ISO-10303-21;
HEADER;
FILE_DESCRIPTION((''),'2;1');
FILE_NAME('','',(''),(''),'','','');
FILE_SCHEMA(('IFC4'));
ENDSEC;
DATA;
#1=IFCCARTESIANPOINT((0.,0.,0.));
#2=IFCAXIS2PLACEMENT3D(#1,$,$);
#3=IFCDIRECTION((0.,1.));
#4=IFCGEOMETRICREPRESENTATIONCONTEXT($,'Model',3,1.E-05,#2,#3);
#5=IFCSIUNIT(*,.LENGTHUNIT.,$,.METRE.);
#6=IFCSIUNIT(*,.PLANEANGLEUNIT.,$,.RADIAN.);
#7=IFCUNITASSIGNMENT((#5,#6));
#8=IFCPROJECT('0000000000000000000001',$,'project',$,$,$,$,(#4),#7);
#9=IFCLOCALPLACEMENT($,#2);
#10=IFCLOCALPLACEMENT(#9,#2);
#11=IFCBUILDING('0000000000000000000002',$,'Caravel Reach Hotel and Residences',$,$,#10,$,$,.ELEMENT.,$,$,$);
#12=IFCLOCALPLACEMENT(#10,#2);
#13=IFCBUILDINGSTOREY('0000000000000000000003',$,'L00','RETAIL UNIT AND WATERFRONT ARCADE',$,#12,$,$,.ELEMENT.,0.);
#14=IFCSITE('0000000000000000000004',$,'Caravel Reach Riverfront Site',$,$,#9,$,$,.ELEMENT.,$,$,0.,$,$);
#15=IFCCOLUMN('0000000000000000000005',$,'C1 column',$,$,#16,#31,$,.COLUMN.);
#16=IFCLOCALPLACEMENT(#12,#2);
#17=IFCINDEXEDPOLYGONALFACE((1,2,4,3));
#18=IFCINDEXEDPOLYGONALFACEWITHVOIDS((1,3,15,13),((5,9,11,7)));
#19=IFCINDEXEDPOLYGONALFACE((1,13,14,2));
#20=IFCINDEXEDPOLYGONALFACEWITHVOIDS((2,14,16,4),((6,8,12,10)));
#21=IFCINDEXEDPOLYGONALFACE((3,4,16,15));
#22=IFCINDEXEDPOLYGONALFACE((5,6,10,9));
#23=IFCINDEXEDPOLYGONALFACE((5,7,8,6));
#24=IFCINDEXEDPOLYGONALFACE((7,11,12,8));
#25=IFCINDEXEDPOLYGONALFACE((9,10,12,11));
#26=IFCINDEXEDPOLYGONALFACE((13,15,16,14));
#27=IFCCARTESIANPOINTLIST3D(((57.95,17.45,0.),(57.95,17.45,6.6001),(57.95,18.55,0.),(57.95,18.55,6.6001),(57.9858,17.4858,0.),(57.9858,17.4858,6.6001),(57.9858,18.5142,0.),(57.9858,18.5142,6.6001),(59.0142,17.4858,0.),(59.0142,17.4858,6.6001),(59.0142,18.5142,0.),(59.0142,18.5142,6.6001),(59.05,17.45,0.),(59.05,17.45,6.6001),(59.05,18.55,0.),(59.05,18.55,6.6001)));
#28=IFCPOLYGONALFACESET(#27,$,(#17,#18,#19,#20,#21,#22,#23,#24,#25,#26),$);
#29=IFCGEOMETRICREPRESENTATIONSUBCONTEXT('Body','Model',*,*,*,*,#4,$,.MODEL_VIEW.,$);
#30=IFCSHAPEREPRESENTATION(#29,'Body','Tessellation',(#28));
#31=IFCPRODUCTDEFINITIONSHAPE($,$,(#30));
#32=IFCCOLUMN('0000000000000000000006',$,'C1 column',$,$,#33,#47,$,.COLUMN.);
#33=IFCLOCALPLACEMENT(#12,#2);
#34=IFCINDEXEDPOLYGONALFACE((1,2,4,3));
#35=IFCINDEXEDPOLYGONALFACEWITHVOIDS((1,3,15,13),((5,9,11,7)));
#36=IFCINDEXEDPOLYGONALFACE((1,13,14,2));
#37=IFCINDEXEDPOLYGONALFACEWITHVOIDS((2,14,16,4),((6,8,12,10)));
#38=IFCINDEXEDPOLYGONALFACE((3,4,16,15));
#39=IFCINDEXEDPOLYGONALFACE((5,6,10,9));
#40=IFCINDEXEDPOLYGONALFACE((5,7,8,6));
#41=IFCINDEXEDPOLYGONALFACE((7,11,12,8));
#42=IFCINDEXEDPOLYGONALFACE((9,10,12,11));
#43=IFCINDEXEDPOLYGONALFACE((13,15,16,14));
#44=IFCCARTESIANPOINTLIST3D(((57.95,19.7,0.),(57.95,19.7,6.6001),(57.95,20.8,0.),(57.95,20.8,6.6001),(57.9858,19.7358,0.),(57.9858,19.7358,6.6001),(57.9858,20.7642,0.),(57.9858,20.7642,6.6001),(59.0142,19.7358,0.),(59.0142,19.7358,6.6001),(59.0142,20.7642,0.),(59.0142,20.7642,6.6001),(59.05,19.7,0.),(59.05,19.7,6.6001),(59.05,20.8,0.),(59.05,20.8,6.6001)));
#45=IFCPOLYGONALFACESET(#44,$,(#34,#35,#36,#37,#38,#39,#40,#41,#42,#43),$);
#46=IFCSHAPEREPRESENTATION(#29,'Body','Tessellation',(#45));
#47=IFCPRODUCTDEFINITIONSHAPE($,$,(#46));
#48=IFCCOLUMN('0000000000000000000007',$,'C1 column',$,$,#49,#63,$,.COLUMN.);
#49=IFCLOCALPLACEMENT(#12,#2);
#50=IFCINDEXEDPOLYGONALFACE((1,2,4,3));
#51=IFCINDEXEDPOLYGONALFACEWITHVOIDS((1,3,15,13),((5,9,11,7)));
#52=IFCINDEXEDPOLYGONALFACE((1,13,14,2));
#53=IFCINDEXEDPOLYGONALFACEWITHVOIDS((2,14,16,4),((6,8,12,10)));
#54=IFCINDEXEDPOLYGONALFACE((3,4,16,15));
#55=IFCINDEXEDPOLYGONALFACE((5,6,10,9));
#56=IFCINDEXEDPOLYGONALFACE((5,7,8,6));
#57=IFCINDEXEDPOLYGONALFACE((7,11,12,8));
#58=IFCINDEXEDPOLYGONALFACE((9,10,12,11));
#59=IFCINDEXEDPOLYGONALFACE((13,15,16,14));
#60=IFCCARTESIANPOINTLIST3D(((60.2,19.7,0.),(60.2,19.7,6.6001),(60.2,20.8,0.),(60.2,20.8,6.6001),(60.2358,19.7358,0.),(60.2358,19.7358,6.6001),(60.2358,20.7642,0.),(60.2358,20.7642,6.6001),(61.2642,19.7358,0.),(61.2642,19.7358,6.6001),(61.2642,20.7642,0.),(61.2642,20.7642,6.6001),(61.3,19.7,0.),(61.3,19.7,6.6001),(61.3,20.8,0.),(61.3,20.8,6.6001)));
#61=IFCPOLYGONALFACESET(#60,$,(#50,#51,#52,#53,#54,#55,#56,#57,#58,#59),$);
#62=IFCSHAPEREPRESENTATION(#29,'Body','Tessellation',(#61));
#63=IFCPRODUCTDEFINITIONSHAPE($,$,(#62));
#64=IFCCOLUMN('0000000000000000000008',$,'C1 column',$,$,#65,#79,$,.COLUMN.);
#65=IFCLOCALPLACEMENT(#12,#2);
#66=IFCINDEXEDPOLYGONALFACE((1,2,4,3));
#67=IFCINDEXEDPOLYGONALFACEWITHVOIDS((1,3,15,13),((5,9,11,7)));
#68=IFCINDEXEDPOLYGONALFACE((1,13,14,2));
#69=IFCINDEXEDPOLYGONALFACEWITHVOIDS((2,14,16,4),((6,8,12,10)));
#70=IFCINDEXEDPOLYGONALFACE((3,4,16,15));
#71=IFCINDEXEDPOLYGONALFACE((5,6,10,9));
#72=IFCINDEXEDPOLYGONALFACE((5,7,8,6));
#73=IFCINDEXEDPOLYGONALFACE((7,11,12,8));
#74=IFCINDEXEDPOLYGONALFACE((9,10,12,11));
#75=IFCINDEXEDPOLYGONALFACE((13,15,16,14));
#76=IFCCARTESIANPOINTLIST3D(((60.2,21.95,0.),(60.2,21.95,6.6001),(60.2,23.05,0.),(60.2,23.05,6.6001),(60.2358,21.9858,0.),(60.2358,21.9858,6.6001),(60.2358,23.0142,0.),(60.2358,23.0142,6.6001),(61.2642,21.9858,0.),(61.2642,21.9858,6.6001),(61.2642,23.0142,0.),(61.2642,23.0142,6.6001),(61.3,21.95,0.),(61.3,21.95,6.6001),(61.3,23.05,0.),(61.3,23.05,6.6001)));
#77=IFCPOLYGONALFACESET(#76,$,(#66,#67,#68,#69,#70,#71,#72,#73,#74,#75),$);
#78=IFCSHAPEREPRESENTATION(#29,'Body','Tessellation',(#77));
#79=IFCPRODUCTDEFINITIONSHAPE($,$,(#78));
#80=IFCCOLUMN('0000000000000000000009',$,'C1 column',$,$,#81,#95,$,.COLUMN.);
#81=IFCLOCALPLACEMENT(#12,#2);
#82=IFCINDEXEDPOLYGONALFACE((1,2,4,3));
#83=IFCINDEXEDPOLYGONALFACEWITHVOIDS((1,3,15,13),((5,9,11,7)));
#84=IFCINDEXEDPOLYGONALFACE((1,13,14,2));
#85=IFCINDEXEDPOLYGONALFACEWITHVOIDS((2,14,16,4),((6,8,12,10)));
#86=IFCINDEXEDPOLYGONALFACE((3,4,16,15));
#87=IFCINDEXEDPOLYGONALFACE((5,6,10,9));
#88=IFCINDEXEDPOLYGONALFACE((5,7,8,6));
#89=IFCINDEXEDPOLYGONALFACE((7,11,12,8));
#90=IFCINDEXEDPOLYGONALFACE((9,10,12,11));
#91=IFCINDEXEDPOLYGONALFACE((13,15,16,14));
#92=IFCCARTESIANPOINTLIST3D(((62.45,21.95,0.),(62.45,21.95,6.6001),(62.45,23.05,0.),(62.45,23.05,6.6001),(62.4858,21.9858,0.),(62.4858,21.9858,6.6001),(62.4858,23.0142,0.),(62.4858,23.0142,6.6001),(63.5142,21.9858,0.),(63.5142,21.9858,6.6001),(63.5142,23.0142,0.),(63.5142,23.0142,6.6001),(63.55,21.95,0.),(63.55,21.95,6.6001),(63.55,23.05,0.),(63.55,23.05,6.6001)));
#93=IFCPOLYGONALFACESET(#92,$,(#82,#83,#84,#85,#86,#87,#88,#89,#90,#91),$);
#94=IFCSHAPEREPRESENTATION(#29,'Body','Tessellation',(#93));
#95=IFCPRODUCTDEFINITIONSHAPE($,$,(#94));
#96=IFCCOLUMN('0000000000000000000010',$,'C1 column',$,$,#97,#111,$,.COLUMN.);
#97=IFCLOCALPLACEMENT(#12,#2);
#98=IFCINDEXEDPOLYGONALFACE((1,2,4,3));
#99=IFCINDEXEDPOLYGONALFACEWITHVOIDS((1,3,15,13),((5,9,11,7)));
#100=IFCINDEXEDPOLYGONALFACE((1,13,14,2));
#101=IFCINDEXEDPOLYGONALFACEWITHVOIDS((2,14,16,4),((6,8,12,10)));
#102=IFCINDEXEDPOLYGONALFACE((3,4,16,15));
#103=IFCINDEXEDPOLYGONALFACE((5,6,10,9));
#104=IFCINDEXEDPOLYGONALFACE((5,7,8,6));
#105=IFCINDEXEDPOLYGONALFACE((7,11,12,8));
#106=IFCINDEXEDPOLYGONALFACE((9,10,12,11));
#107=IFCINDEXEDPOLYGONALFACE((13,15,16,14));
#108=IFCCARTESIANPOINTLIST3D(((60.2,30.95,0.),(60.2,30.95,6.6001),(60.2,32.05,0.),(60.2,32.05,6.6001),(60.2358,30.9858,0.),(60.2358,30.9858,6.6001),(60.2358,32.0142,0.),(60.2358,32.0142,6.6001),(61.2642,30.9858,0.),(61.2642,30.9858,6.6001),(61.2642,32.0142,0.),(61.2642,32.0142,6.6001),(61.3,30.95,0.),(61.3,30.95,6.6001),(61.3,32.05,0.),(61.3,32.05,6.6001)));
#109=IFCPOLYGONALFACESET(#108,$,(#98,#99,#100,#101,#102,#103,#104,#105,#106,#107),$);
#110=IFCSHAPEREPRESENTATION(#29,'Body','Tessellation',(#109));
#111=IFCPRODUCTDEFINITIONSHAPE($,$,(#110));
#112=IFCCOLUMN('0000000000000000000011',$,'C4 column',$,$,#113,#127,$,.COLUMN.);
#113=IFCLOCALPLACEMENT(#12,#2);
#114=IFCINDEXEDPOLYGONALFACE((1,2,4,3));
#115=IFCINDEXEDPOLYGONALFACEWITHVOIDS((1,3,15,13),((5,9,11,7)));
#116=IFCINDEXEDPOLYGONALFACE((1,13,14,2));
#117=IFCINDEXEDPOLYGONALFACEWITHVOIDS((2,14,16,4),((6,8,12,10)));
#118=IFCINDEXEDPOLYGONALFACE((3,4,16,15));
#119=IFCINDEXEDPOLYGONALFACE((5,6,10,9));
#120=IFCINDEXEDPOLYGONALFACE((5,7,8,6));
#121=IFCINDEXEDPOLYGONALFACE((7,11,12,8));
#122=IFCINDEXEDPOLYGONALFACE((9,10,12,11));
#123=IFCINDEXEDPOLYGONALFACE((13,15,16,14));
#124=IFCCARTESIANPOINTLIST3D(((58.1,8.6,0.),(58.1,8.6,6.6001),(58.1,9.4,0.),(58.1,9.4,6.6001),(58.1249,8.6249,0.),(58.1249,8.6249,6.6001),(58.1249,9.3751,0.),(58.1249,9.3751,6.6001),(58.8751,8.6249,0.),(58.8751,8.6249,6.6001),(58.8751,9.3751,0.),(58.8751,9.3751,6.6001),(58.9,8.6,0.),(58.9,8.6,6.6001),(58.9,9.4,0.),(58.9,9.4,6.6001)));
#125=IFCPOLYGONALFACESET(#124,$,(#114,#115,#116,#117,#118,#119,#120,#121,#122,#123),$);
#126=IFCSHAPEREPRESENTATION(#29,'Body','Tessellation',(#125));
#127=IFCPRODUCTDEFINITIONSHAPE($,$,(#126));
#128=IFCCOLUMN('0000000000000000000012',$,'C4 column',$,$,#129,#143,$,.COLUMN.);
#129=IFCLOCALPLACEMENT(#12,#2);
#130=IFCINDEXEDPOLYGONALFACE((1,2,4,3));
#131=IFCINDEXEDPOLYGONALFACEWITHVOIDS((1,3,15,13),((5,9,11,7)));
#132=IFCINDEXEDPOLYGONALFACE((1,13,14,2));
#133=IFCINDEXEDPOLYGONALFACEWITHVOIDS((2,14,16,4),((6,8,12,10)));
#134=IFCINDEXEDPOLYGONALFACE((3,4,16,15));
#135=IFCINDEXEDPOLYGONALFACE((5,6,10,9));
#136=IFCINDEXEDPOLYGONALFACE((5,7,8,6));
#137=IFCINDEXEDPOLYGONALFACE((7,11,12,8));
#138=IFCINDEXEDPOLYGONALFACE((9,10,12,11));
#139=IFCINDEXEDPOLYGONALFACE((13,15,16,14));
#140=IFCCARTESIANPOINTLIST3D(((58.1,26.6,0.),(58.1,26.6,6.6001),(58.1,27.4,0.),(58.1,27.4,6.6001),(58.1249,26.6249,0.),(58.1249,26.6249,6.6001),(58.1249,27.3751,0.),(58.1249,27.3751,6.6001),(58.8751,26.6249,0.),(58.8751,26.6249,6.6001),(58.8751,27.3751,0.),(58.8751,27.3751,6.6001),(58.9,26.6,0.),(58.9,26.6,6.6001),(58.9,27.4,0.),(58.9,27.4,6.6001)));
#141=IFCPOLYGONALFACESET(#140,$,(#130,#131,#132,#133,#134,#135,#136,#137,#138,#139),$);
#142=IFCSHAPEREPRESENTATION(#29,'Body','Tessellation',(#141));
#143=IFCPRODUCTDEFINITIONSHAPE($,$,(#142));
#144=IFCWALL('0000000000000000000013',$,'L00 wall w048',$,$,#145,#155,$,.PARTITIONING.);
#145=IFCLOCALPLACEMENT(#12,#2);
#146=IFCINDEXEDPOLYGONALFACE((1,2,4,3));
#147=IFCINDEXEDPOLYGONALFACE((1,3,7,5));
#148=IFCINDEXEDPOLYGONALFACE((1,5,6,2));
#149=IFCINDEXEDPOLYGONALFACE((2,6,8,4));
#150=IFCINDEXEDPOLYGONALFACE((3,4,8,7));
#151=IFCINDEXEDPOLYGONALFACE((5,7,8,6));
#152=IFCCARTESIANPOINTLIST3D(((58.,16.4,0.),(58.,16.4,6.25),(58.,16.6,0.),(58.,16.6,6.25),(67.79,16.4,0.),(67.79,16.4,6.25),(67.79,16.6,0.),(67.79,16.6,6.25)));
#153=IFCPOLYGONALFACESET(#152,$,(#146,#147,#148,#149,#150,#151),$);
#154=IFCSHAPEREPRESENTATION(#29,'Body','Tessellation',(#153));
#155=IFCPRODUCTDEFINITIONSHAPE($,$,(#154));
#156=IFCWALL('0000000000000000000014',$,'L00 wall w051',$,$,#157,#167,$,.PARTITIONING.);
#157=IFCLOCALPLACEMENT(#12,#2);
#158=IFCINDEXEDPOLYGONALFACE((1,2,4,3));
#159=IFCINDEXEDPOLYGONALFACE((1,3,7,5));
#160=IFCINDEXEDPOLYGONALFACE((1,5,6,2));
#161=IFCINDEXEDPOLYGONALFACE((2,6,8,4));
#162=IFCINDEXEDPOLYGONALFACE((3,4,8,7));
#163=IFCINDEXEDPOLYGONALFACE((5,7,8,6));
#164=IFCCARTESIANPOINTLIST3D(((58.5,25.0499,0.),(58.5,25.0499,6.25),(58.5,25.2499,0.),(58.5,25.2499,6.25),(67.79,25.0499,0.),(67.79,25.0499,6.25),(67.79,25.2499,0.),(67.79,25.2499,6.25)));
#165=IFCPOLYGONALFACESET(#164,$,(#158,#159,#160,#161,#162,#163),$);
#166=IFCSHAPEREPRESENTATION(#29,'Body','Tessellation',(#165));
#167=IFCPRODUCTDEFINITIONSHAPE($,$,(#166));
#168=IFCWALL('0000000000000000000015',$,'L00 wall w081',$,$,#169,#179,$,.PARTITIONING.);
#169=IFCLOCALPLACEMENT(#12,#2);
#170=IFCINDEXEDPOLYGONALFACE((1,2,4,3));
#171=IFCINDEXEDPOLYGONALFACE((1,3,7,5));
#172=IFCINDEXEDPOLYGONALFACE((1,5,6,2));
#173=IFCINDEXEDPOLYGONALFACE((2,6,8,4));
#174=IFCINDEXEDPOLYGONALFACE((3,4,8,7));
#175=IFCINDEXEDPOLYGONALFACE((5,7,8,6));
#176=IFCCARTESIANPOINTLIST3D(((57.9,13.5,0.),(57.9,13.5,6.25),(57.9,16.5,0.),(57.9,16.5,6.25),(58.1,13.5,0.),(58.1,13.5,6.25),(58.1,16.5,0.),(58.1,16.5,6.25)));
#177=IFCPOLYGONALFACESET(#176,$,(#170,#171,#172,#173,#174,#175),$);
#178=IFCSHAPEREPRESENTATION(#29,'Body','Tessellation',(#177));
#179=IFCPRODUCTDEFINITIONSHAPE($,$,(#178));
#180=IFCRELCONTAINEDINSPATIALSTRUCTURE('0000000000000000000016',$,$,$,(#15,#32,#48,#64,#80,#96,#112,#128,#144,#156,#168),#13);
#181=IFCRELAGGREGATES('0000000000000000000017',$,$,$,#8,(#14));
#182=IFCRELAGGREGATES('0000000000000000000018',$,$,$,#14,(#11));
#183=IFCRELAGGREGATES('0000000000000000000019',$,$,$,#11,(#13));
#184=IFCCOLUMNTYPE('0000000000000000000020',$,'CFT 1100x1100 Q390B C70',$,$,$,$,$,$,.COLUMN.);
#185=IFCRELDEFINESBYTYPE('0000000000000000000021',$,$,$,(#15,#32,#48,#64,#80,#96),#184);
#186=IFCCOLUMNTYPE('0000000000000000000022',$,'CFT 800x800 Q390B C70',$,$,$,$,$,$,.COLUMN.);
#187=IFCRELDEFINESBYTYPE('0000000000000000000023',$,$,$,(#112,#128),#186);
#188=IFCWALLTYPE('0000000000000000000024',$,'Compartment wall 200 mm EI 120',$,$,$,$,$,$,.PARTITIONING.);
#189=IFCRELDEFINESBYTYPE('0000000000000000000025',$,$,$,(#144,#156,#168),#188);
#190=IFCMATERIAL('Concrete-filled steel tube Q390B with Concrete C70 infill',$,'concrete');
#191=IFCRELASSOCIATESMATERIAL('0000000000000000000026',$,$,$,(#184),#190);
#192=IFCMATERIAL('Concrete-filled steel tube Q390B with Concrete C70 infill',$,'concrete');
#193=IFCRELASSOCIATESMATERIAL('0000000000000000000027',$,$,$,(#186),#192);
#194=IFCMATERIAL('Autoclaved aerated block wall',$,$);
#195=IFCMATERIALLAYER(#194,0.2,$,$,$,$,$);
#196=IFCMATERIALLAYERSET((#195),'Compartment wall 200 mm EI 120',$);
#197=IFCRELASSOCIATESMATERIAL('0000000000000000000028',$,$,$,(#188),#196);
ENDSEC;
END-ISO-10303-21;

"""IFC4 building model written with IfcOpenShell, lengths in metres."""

from ifc_helpers import new_model, si_unit, direction, frame, frame_2d, origin, origin_2d, place, context, subcontext, project, spatial, rectangle, hollow_rectangle, extrude, material, layer, layer_set, material_profile, profile_set, type_object, element, save


model = new_model("IFC4")

# Units and contexts
model_context = context("Model", 3, precision=1e-05, world=origin(), true_north=direction((0.0, 1.0)))
body_context = subcontext(model_context, "Body", "Model", "MODEL_VIEW")
ifc_project = project(units=[si_unit("LENGTHUNIT", "METRE"), si_unit("PLANEANGLEUNIT", "RADIAN")], contexts=[model_context])

# Site, building, storey
site_placement = place(None, origin())
site = spatial("IfcSite", under=ifc_project, at=site_placement, Name="Caravel Reach Riverfront Site", CompositionType="ELEMENT", RefElevation=0.0)
building_placement = place(site_placement, origin())
building = spatial("IfcBuilding", under=site, at=building_placement, Name="Caravel Reach Hotel and Residences", CompositionType="ELEMENT")
storey_placement = place(building_placement, origin())
storey = spatial("IfcBuildingStorey", under=building, at=storey_placement, Name="L00", Description="RETAIL UNIT AND WATERFRONT ARCADE", CompositionType="ELEMENT", Elevation=0.0)

# Columns
ifc_material_1 = material(Name="Concrete-filled steel tube Q390B with Concrete C70 infill", Category="concrete")
ifc_material_profile_1 = material_profile(ifc_material_1, hollow_rectangle(XDim=1.1001, YDim=1.1001, WallThickness=0.0359, at=origin_2d()), Name="RHS 1100x1100x36")
ifc_profile_set_1 = profile_set([ifc_material_profile_1], Name="Concrete-filled steel tube Q390B with Concrete C70 infill")
column_type_1 = type_object("IfcColumnType", Name="CFT 1100x1100 Q390B C70", PredefinedType="COLUMN", material=ifc_profile_set_1)
for number, where, z_axis, x_axis, name in (
    (1, (58.5, 18.0, 0.0), (0.0, 0.0, 1.0), (1.0, 0.0, 0.0), "C1 column"),
    (2, (58.5, 20.25, 0.0), (0.0, 0.0, 1.0), (1.0, 0.0, 0.0), "C1 column"),
    (3, (60.75, 20.25, 0.0), (0.0, 0.0, 1.0), (1.0, 0.0, 0.0), "C1 column"),
    (4, (60.75, 22.5, 0.0), (0.0, 0.0, 1.0), (1.0, 0.0, 0.0), "C1 column"),
    (5, (63.0, 22.5, 0.0), (0.0, 0.0, 1.0), (1.0, 0.0, 0.0), "C1 column"),
    (6, (60.75, 31.5, 0.0), (0.0, 0.0, 1.0), (1.0, 0.0, 0.0), "C1 column"),
):
    element("IfcColumn", number, at=place(storey_placement, frame(where, z_axis=z_axis, x_axis=x_axis)), inside=storey, type_object=column_type_1, Name=name, PredefinedType="COLUMN", context=body_context, shape_type="SweptSolid", body=[
        extrude(hollow_rectangle(XDim=1.1001, YDim=1.1001, WallThickness=0.0359, at=origin_2d()), origin(), (0.0, 0.0, 1.0), 6.6001),
    ])
ifc_material_2 = material(Name="Concrete-filled steel tube Q390B with Concrete C70 infill", Category="concrete")
ifc_material_profile_2 = material_profile(ifc_material_2, hollow_rectangle(XDim=0.8, YDim=0.8, WallThickness=0.0249, at=origin_2d()), Name="RHS 800x800x25")
ifc_profile_set_2 = profile_set([ifc_material_profile_2], Name="Concrete-filled steel tube Q390B with Concrete C70 infill")
column_type_2 = type_object("IfcColumnType", Name="CFT 800x800 Q390B C70", PredefinedType="COLUMN", material=ifc_profile_set_2)
for number, where, z_axis, x_axis, name in (
    (7, (58.5, 9.0, 0.0), (0.0, 0.0, 1.0), (1.0, 0.0, 0.0), "C4 column"),
    (8, (58.5, 27.0, 0.0), (0.0, 0.0, 1.0), (1.0, 0.0, 0.0), "C4 column"),
):
    element("IfcColumn", number, at=place(storey_placement, frame(where, z_axis=z_axis, x_axis=x_axis)), inside=storey, type_object=column_type_2, Name=name, PredefinedType="COLUMN", context=body_context, shape_type="SweptSolid", body=[
        extrude(hollow_rectangle(XDim=0.8, YDim=0.8, WallThickness=0.0249, at=origin_2d()), origin(), (0.0, 0.0, 1.0), 6.6001),
    ])

# Walls
ifc_material_3 = material(Name="Autoclaved aerated block wall")
ifc_layer_1 = layer(ifc_material_3, 0.2)
ifc_layer_set_1 = layer_set([ifc_layer_1], Name="Compartment wall 200 mm EI 120")
wall_type_1 = type_object("IfcWallType", Name="Compartment wall 200 mm EI 120", PredefinedType="PARTITIONING", material=ifc_layer_set_1)
wall_1_placement = place(storey_placement, frame((58.0, 16.5, 0.0), z_axis=(0.0, 0.0, 1.0), x_axis=(1.0, 0.0, 0.0)))
element("IfcWall", 9, at=wall_1_placement, inside=storey, type_object=wall_type_1, Name="L00 wall w048", PredefinedType="PARTITIONING", context=body_context, shape_type="SweptSolid", body=[
    extrude(rectangle(XDim=9.79, YDim=0.2, at=frame_2d((4.895, 0.0))), origin(), (0.0, 0.0, 1.0), 6.25),
])
wall_2_placement = place(storey_placement, frame((58.5, 25.1499, 0.0), z_axis=(0.0, 0.0, 1.0), x_axis=(1.0, 0.0, 0.0)))
element("IfcWall", 10, at=wall_2_placement, inside=storey, type_object=wall_type_1, Name="L00 wall w051", PredefinedType="PARTITIONING", context=body_context, shape_type="SweptSolid", body=[
    extrude(rectangle(XDim=9.29, YDim=0.2, at=frame_2d((4.645, 0.0))), origin(), (0.0, 0.0, 1.0), 6.25),
])
wall_3_placement = place(storey_placement, frame((58.0, 13.5, 0.0), z_axis=(0.0, 0.0, 1.0), x_axis=(0.0, 1.0, 0.0)))
element("IfcWall", 11, at=wall_3_placement, inside=storey, type_object=wall_type_1, Name="L00 wall w081", PredefinedType="PARTITIONING", context=body_context, shape_type="SweptSolid", body=[
    extrude(rectangle(XDim=3.0, YDim=0.2, at=frame_2d((1.5, 0.0))), origin(), (0.0, 0.0, 1.0), 6.25),
])

save(model, "model.ifc")
